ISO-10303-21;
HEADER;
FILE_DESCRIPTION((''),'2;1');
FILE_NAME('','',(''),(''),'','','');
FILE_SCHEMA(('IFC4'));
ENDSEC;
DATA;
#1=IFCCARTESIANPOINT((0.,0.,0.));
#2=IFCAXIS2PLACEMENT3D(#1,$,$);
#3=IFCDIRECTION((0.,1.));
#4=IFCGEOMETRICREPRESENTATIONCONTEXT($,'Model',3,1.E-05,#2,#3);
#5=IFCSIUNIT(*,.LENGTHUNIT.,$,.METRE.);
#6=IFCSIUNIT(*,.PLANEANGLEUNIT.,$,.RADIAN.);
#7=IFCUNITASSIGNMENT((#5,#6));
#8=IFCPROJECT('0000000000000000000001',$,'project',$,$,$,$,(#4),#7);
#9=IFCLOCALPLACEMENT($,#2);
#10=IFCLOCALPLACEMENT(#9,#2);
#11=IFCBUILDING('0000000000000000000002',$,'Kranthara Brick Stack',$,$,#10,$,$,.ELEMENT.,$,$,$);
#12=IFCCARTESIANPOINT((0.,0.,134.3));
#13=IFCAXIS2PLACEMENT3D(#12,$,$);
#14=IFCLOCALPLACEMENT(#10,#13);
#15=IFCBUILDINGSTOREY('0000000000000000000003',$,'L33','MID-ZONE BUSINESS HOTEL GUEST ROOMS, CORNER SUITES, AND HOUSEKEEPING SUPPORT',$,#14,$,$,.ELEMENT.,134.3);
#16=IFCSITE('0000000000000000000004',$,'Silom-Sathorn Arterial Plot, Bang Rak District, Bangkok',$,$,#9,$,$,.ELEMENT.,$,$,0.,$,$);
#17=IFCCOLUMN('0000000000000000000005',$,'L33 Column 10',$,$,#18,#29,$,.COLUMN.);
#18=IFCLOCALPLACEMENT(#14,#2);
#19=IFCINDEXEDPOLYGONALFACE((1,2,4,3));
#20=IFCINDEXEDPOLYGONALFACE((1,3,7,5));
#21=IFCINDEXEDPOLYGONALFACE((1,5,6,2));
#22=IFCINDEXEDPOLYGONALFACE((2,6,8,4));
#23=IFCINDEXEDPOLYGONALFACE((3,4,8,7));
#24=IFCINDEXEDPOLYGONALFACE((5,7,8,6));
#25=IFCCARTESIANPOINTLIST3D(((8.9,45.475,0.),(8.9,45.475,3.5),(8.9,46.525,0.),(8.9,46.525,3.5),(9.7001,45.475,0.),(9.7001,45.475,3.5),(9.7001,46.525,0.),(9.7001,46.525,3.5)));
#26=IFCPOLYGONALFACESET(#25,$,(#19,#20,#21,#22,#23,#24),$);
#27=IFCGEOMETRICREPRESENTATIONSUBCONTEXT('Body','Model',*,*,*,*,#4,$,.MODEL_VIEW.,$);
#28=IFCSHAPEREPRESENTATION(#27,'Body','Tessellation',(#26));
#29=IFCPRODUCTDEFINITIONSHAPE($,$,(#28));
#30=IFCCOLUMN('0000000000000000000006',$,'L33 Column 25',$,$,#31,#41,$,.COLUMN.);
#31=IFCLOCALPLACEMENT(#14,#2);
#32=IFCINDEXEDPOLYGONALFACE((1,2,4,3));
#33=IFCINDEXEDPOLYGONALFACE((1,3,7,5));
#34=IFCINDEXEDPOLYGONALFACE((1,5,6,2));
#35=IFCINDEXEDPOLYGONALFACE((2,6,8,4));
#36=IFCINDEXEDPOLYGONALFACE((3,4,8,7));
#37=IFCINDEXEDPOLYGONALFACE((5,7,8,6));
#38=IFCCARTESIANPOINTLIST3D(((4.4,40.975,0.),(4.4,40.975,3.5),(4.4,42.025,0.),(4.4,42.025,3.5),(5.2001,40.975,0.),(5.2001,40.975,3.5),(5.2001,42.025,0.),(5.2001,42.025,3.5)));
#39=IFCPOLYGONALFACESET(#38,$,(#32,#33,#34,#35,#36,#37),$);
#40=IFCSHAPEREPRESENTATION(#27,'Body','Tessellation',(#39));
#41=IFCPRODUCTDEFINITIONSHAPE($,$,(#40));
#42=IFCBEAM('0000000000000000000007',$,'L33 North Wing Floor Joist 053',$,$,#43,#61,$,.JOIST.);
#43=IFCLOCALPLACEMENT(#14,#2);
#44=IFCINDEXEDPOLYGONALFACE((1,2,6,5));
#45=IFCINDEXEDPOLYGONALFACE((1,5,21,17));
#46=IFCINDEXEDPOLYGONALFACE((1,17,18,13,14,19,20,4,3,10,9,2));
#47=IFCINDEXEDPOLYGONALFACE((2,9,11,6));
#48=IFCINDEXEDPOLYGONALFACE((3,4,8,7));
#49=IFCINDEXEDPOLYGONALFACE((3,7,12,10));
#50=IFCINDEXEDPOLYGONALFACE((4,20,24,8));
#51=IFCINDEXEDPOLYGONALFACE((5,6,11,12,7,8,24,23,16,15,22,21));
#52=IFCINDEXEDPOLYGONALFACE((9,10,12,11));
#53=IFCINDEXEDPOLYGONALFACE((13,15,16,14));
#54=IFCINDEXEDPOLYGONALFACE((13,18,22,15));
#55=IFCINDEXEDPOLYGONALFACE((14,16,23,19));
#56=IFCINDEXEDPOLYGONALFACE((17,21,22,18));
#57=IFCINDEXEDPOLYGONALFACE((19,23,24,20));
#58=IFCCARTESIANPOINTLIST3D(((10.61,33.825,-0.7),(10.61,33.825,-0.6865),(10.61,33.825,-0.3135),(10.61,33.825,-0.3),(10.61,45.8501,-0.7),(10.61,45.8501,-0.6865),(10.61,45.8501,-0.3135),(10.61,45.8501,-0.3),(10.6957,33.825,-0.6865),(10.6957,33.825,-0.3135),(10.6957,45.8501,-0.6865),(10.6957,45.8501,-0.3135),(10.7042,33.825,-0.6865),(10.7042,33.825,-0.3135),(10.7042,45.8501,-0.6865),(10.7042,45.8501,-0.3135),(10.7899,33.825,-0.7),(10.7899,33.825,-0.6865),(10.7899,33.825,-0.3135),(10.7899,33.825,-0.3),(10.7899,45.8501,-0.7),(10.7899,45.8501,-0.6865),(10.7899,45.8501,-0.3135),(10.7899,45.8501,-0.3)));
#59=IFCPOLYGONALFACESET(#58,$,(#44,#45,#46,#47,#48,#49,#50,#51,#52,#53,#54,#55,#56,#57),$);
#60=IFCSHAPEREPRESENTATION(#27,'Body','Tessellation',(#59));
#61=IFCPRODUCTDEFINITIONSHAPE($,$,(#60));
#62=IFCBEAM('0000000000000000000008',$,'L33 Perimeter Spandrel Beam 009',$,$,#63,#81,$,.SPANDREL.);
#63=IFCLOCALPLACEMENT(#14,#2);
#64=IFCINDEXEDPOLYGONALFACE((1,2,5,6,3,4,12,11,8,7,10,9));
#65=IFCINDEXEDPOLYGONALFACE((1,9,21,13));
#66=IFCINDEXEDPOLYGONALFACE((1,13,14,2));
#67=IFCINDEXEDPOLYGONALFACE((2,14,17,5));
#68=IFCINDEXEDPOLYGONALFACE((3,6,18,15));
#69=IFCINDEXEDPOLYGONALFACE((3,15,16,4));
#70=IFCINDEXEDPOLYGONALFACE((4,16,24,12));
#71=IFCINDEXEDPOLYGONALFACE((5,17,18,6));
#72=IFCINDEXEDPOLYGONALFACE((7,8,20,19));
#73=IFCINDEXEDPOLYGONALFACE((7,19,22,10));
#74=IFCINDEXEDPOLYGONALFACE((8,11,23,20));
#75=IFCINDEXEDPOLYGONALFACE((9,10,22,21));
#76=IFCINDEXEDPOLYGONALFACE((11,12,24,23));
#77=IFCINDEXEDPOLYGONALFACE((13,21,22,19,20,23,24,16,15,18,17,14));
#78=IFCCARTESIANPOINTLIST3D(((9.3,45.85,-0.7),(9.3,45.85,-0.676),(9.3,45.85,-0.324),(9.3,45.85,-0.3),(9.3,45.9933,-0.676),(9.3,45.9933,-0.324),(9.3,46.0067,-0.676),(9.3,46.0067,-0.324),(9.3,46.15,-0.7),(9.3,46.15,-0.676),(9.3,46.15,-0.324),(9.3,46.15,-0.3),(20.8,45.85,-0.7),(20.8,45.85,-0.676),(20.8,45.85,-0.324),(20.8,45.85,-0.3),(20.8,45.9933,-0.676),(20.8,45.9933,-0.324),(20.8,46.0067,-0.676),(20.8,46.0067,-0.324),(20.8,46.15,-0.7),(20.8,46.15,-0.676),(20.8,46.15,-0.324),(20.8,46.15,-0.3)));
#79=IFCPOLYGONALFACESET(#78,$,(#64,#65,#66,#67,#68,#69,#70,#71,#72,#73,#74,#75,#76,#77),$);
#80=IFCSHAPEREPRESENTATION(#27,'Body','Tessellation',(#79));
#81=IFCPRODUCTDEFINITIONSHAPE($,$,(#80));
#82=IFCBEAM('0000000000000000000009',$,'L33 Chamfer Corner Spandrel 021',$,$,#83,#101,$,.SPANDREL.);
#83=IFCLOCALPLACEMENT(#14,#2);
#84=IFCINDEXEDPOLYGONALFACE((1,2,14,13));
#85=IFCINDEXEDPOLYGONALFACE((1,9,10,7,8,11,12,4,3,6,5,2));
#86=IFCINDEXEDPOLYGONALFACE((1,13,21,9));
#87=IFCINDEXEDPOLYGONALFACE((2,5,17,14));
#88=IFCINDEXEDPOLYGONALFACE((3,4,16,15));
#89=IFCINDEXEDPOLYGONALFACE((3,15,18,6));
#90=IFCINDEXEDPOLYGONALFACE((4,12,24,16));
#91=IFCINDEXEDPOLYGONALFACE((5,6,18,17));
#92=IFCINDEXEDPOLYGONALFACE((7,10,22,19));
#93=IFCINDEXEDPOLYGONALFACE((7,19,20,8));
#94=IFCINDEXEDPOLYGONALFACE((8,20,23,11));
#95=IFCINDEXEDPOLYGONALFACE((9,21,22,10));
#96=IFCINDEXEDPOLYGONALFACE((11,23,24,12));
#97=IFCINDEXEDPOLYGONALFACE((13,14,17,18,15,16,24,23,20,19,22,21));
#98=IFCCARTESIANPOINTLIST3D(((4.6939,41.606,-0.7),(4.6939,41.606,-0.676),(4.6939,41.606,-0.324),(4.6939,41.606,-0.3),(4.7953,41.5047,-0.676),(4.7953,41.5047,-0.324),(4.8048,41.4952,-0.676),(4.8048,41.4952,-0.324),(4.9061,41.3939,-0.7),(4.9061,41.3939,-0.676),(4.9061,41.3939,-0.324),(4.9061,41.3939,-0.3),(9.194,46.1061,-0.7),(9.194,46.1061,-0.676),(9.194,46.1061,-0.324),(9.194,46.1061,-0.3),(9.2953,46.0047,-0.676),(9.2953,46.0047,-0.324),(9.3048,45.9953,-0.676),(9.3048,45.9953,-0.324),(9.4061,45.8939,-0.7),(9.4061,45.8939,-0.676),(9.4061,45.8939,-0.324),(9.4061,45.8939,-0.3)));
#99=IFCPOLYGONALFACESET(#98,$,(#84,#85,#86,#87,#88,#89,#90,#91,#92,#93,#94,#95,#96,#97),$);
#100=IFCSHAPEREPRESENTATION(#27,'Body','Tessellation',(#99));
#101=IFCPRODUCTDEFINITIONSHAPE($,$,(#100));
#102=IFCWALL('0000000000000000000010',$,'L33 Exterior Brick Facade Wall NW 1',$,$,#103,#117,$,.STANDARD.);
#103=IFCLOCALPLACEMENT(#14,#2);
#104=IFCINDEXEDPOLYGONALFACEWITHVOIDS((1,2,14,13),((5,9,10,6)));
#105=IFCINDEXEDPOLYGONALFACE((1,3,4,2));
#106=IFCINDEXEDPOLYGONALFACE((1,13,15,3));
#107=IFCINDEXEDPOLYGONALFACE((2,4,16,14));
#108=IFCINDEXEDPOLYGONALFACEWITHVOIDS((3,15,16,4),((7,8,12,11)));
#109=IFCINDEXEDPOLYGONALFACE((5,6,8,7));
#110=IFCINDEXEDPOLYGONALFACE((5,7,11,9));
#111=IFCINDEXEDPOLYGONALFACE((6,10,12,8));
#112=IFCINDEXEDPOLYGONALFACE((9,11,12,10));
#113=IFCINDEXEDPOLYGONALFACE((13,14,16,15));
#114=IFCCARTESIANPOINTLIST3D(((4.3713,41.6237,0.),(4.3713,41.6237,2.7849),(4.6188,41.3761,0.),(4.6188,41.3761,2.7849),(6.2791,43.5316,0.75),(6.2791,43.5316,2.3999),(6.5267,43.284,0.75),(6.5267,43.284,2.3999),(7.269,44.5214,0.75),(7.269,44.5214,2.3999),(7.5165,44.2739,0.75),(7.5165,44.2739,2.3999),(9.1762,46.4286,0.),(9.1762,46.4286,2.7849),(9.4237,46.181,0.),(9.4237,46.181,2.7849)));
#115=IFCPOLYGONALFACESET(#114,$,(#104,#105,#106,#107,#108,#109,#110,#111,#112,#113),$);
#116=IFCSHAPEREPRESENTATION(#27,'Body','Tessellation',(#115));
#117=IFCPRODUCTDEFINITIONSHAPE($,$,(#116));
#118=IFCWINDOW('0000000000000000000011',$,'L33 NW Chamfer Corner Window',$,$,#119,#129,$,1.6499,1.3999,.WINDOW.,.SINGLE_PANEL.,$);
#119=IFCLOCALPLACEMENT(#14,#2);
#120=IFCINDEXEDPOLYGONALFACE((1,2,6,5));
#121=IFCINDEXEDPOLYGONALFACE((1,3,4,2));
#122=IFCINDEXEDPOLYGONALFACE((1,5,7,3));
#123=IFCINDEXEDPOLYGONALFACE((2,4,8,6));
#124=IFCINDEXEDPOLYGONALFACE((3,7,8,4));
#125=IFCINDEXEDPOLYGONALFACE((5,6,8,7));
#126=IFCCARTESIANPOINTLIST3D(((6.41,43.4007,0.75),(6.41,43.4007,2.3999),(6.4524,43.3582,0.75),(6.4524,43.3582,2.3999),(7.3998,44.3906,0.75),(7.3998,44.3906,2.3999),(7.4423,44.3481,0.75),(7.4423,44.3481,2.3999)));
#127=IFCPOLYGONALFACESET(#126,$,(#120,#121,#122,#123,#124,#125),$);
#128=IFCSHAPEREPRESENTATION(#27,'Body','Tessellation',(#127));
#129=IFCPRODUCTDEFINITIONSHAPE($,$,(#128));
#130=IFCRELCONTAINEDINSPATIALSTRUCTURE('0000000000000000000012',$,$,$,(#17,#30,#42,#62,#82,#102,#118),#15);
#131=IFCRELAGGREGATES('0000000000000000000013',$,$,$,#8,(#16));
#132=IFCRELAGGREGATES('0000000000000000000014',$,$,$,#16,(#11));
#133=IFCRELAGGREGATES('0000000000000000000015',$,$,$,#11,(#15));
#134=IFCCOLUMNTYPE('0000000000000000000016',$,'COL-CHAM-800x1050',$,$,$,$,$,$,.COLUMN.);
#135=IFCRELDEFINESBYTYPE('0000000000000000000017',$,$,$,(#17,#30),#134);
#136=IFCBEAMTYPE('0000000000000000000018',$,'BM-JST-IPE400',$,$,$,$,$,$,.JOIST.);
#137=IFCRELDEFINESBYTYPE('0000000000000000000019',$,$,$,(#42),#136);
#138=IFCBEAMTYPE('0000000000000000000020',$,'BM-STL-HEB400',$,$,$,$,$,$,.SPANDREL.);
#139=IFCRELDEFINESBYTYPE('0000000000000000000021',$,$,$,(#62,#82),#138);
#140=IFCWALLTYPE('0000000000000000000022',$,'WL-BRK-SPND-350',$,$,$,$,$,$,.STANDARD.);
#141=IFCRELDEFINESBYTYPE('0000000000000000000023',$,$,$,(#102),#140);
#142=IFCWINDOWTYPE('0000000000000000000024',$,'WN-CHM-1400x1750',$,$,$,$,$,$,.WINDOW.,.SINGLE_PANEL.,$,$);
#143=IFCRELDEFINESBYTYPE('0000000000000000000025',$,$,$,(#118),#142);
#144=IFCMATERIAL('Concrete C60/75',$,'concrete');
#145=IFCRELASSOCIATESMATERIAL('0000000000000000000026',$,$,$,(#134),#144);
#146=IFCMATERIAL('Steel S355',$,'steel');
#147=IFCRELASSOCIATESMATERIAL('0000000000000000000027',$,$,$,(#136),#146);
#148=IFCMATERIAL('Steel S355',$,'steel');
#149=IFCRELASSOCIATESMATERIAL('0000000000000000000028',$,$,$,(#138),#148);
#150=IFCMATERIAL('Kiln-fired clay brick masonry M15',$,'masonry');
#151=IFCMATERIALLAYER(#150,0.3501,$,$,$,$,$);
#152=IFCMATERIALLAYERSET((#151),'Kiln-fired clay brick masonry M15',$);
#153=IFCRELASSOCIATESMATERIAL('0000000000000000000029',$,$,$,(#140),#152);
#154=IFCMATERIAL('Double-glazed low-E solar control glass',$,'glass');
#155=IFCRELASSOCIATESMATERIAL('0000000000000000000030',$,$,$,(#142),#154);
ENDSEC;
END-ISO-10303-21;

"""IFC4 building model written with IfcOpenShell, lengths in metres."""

from ifc_helpers import new_model, si_unit, direction, frame, frame_2d, origin, origin_2d, place, context, subcontext, project, spatial, rectangle, i_section, extrude, material, layer, layer_set, material_profile, profile_set, type_object, element, fill, save


model = new_model("IFC4")

# Units and contexts
model_context = context("Model", 3, precision=1e-05, world=origin(), true_north=direction((0.0, 1.0)))
body_context = subcontext(model_context, "Body", "Model", "MODEL_VIEW")
ifc_project = project(units=[si_unit("LENGTHUNIT", "METRE"), si_unit("PLANEANGLEUNIT", "RADIAN")], contexts=[model_context])

# Site, building, storey
site_placement = place(None, origin())
site = spatial("IfcSite", under=ifc_project, at=site_placement, Name="Silom-Sathorn Arterial Plot, Bang Rak District, Bangkok", CompositionType="ELEMENT", RefElevation=0.0)
building_placement = place(site_placement, origin())
building = spatial("IfcBuilding", under=site, at=building_placement, Name="Kranthara Brick Stack", CompositionType="ELEMENT")
storey_placement = place(building_placement, frame((0.0, 0.0, 134.3)))
storey = spatial("IfcBuildingStorey", under=building, at=storey_placement, Name="L33", Description="MID-ZONE BUSINESS HOTEL GUEST ROOMS, CORNER SUITES, AND HOUSEKEEPING SUPPORT", CompositionType="ELEMENT", Elevation=134.3)

# Columns
ifc_material_1 = material(Name="Concrete C60/75", Category="concrete")
ifc_material_profile_1 = material_profile(ifc_material_1, rectangle(XDim=0.8, YDim=1.05, at=origin_2d()), Name="RC 800x1050")
ifc_profile_set_1 = profile_set([ifc_material_profile_1], Name="Concrete C60/75")
column_type = type_object("IfcColumnType", Name="COL-CHAM-800x1050", PredefinedType="COLUMN", material=ifc_profile_set_1)
for number, where, z_axis, x_axis, name in (
    (1, (9.3, 46.0, 0.0), (0.0, 0.0, 1.0), (1.0, 0.0, 0.0), "L33 Column 10"),
    (2, (4.8, 41.5, 0.0), (0.0, 0.0, 1.0), (1.0, 0.0, 0.0), "L33 Column 25"),
):
    element("IfcColumn", number, at=place(storey_placement, frame(where, z_axis=z_axis, x_axis=x_axis)), inside=storey, type_object=column_type, Name=name, PredefinedType="COLUMN", context=body_context, shape_type="SweptSolid", body=[
        extrude(rectangle(XDim=0.8, YDim=1.05, at=origin_2d()), origin(), (0.0, 0.0, 1.0), 3.5),
    ])

# Beams
ifc_material_2 = material(Name="Steel S355", Category="steel")
ifc_material_profile_2 = material_profile(ifc_material_2, i_section(OverallWidth=0.1799, OverallDepth=0.3999, WebThickness=0.0085, FlangeThickness=0.0134, at=origin_2d()), Name="IPE 400")
ifc_profile_set_2 = profile_set([ifc_material_profile_2], Name="Steel S355")
beam_type_1 = type_object("IfcBeamType", Name="BM-JST-IPE400", PredefinedType="JOIST", material=ifc_profile_set_2)
beam_1_placement = place(storey_placement, frame((10.7, 33.825, -0.5), z_axis=(0.0, 1.0, 0.0), x_axis=(-1.0, 0.0, 0.0)))
element("IfcBeam", 3, at=beam_1_placement, inside=storey, type_object=beam_type_1, Name="L33 North Wing Floor Joist 053", PredefinedType="JOIST", context=body_context, shape_type="SweptSolid", body=[
    extrude(i_section(OverallWidth=0.1799, OverallDepth=0.3999, WebThickness=0.0085, FlangeThickness=0.0134, at=origin_2d()), origin(), (0.0, 0.0, 1.0), 12.0251),
])
ifc_material_3 = material(Name="Steel S355", Category="steel")
ifc_material_profile_3 = material_profile(ifc_material_3, i_section(OverallWidth=0.3, OverallDepth=0.3999, WebThickness=0.0134, FlangeThickness=0.0239, at=origin_2d()), Name="HEB 400")
ifc_profile_set_3 = profile_set([ifc_material_profile_3], Name="Steel S355")
beam_type_2 = type_object("IfcBeamType", Name="BM-STL-HEB400", PredefinedType="SPANDREL", material=ifc_profile_set_3)
beam_2_placement = place(storey_placement, frame((9.3, 46.0, -0.5), z_axis=(1.0, 0.0, 0.0), x_axis=(0.0, 1.0, 0.0)))
element("IfcBeam", 4, at=beam_2_placement, inside=storey, type_object=beam_type_2, Name="L33 Perimeter Spandrel Beam 009", PredefinedType="SPANDREL", context=body_context, shape_type="SweptSolid", body=[
    extrude(i_section(OverallWidth=0.3, OverallDepth=0.3999, WebThickness=0.0134, FlangeThickness=0.0239, at=origin_2d()), origin(), (0.0, 0.0, 1.0), 11.5),
])
beam_3_placement = place(storey_placement, frame((9.3, 46.0, -0.5), z_axis=(-0.707107, -0.707107, 0.0), x_axis=(0.707107, -0.707107, 0.0)))
element("IfcBeam", 5, at=beam_3_placement, inside=storey, type_object=beam_type_2, Name="L33 Chamfer Corner Spandrel 021", PredefinedType="SPANDREL", context=body_context, shape_type="SweptSolid", body=[
    extrude(i_section(OverallWidth=0.3, OverallDepth=0.3999, WebThickness=0.0134, FlangeThickness=0.0239, at=origin_2d()), origin(), (0.0, 0.0, 1.0), 6.364),
])

# Wall, opening, window
ifc_material_4 = material(Name="Kiln-fired clay brick masonry M15", Category="masonry")
ifc_layer_1 = layer(ifc_material_4, 0.3501)
ifc_layer_set_1 = layer_set([ifc_layer_1], Name="Kiln-fired clay brick masonry M15")
wall_type_1 = type_object("IfcWallType", Name="WL-BRK-SPND-350", PredefinedType="STANDARD", material=ifc_layer_set_1)
wall_1_placement = place(storey_placement, frame((4.4951, 41.5, 0.0), z_axis=(0.0, 0.0, 1.0), x_axis=(0.707107, 0.707107, 0.0)))
wall_1 = element("IfcWall", 6, at=wall_1_placement, inside=storey, type_object=wall_type_1, Name="L33 Exterior Brick Facade Wall NW 1", PredefinedType="STANDARD", context=body_context, shape_type="SweptSolid", body=[
    extrude(rectangle(XDim=6.7952, YDim=0.3501, at=frame_2d((3.3975, 0.0))), origin(), (0.0, 0.0, 1.0), 2.7849),
])
opening_1_placement = place(wall_1_placement, frame((2.698, 0.0, 0.75)))
opening_1 = element("IfcOpeningElement", 7, at=opening_1_placement, cuts=wall_1, PredefinedType="OPENING", context=body_context, shape_type="SweptSolid", body=[
    extrude(rectangle(XDim=1.3999, YDim=1.6499, at=frame_2d((0.7, 0.825))), frame((0.0, 0.1851, 0.0), z_axis=(0.0, -1.0, 0.0), x_axis=(1.0, 0.0, 0.0)), (0.0, 0.0, 1.0), 0.3701),
])
ifc_material_5 = material(Name="Double-glazed low-E solar control glass", Category="glass")
window_type_1 = type_object("IfcWindowType", Name="WN-CHM-1400x1750", PartitioningType="SINGLE_PANEL", PredefinedType="WINDOW", material=ifc_material_5)
window_1_placement = place(opening_1_placement, origin())
window_1 = element("IfcWindow", 8, at=window_1_placement, inside=storey, type_object=window_type_1, Name="L33 NW Chamfer Corner Window", OverallHeight=1.6499, OverallWidth=1.3999, PartitioningType="SINGLE_PANEL", PredefinedType="WINDOW", context=body_context, shape_type="SweptSolid", body=[
    extrude(rectangle(XDim=1.3999, YDim=1.6499, at=frame_2d((0.7, 0.825))), frame((0.0, -0.01, 0.0), z_axis=(0.0, -1.0, 0.0), x_axis=(1.0, 0.0, 0.0)), (0.0, 0.0, 1.0), 0.0601),
])
fill(opening_1, window_1)

save(model, "model.ifc")
